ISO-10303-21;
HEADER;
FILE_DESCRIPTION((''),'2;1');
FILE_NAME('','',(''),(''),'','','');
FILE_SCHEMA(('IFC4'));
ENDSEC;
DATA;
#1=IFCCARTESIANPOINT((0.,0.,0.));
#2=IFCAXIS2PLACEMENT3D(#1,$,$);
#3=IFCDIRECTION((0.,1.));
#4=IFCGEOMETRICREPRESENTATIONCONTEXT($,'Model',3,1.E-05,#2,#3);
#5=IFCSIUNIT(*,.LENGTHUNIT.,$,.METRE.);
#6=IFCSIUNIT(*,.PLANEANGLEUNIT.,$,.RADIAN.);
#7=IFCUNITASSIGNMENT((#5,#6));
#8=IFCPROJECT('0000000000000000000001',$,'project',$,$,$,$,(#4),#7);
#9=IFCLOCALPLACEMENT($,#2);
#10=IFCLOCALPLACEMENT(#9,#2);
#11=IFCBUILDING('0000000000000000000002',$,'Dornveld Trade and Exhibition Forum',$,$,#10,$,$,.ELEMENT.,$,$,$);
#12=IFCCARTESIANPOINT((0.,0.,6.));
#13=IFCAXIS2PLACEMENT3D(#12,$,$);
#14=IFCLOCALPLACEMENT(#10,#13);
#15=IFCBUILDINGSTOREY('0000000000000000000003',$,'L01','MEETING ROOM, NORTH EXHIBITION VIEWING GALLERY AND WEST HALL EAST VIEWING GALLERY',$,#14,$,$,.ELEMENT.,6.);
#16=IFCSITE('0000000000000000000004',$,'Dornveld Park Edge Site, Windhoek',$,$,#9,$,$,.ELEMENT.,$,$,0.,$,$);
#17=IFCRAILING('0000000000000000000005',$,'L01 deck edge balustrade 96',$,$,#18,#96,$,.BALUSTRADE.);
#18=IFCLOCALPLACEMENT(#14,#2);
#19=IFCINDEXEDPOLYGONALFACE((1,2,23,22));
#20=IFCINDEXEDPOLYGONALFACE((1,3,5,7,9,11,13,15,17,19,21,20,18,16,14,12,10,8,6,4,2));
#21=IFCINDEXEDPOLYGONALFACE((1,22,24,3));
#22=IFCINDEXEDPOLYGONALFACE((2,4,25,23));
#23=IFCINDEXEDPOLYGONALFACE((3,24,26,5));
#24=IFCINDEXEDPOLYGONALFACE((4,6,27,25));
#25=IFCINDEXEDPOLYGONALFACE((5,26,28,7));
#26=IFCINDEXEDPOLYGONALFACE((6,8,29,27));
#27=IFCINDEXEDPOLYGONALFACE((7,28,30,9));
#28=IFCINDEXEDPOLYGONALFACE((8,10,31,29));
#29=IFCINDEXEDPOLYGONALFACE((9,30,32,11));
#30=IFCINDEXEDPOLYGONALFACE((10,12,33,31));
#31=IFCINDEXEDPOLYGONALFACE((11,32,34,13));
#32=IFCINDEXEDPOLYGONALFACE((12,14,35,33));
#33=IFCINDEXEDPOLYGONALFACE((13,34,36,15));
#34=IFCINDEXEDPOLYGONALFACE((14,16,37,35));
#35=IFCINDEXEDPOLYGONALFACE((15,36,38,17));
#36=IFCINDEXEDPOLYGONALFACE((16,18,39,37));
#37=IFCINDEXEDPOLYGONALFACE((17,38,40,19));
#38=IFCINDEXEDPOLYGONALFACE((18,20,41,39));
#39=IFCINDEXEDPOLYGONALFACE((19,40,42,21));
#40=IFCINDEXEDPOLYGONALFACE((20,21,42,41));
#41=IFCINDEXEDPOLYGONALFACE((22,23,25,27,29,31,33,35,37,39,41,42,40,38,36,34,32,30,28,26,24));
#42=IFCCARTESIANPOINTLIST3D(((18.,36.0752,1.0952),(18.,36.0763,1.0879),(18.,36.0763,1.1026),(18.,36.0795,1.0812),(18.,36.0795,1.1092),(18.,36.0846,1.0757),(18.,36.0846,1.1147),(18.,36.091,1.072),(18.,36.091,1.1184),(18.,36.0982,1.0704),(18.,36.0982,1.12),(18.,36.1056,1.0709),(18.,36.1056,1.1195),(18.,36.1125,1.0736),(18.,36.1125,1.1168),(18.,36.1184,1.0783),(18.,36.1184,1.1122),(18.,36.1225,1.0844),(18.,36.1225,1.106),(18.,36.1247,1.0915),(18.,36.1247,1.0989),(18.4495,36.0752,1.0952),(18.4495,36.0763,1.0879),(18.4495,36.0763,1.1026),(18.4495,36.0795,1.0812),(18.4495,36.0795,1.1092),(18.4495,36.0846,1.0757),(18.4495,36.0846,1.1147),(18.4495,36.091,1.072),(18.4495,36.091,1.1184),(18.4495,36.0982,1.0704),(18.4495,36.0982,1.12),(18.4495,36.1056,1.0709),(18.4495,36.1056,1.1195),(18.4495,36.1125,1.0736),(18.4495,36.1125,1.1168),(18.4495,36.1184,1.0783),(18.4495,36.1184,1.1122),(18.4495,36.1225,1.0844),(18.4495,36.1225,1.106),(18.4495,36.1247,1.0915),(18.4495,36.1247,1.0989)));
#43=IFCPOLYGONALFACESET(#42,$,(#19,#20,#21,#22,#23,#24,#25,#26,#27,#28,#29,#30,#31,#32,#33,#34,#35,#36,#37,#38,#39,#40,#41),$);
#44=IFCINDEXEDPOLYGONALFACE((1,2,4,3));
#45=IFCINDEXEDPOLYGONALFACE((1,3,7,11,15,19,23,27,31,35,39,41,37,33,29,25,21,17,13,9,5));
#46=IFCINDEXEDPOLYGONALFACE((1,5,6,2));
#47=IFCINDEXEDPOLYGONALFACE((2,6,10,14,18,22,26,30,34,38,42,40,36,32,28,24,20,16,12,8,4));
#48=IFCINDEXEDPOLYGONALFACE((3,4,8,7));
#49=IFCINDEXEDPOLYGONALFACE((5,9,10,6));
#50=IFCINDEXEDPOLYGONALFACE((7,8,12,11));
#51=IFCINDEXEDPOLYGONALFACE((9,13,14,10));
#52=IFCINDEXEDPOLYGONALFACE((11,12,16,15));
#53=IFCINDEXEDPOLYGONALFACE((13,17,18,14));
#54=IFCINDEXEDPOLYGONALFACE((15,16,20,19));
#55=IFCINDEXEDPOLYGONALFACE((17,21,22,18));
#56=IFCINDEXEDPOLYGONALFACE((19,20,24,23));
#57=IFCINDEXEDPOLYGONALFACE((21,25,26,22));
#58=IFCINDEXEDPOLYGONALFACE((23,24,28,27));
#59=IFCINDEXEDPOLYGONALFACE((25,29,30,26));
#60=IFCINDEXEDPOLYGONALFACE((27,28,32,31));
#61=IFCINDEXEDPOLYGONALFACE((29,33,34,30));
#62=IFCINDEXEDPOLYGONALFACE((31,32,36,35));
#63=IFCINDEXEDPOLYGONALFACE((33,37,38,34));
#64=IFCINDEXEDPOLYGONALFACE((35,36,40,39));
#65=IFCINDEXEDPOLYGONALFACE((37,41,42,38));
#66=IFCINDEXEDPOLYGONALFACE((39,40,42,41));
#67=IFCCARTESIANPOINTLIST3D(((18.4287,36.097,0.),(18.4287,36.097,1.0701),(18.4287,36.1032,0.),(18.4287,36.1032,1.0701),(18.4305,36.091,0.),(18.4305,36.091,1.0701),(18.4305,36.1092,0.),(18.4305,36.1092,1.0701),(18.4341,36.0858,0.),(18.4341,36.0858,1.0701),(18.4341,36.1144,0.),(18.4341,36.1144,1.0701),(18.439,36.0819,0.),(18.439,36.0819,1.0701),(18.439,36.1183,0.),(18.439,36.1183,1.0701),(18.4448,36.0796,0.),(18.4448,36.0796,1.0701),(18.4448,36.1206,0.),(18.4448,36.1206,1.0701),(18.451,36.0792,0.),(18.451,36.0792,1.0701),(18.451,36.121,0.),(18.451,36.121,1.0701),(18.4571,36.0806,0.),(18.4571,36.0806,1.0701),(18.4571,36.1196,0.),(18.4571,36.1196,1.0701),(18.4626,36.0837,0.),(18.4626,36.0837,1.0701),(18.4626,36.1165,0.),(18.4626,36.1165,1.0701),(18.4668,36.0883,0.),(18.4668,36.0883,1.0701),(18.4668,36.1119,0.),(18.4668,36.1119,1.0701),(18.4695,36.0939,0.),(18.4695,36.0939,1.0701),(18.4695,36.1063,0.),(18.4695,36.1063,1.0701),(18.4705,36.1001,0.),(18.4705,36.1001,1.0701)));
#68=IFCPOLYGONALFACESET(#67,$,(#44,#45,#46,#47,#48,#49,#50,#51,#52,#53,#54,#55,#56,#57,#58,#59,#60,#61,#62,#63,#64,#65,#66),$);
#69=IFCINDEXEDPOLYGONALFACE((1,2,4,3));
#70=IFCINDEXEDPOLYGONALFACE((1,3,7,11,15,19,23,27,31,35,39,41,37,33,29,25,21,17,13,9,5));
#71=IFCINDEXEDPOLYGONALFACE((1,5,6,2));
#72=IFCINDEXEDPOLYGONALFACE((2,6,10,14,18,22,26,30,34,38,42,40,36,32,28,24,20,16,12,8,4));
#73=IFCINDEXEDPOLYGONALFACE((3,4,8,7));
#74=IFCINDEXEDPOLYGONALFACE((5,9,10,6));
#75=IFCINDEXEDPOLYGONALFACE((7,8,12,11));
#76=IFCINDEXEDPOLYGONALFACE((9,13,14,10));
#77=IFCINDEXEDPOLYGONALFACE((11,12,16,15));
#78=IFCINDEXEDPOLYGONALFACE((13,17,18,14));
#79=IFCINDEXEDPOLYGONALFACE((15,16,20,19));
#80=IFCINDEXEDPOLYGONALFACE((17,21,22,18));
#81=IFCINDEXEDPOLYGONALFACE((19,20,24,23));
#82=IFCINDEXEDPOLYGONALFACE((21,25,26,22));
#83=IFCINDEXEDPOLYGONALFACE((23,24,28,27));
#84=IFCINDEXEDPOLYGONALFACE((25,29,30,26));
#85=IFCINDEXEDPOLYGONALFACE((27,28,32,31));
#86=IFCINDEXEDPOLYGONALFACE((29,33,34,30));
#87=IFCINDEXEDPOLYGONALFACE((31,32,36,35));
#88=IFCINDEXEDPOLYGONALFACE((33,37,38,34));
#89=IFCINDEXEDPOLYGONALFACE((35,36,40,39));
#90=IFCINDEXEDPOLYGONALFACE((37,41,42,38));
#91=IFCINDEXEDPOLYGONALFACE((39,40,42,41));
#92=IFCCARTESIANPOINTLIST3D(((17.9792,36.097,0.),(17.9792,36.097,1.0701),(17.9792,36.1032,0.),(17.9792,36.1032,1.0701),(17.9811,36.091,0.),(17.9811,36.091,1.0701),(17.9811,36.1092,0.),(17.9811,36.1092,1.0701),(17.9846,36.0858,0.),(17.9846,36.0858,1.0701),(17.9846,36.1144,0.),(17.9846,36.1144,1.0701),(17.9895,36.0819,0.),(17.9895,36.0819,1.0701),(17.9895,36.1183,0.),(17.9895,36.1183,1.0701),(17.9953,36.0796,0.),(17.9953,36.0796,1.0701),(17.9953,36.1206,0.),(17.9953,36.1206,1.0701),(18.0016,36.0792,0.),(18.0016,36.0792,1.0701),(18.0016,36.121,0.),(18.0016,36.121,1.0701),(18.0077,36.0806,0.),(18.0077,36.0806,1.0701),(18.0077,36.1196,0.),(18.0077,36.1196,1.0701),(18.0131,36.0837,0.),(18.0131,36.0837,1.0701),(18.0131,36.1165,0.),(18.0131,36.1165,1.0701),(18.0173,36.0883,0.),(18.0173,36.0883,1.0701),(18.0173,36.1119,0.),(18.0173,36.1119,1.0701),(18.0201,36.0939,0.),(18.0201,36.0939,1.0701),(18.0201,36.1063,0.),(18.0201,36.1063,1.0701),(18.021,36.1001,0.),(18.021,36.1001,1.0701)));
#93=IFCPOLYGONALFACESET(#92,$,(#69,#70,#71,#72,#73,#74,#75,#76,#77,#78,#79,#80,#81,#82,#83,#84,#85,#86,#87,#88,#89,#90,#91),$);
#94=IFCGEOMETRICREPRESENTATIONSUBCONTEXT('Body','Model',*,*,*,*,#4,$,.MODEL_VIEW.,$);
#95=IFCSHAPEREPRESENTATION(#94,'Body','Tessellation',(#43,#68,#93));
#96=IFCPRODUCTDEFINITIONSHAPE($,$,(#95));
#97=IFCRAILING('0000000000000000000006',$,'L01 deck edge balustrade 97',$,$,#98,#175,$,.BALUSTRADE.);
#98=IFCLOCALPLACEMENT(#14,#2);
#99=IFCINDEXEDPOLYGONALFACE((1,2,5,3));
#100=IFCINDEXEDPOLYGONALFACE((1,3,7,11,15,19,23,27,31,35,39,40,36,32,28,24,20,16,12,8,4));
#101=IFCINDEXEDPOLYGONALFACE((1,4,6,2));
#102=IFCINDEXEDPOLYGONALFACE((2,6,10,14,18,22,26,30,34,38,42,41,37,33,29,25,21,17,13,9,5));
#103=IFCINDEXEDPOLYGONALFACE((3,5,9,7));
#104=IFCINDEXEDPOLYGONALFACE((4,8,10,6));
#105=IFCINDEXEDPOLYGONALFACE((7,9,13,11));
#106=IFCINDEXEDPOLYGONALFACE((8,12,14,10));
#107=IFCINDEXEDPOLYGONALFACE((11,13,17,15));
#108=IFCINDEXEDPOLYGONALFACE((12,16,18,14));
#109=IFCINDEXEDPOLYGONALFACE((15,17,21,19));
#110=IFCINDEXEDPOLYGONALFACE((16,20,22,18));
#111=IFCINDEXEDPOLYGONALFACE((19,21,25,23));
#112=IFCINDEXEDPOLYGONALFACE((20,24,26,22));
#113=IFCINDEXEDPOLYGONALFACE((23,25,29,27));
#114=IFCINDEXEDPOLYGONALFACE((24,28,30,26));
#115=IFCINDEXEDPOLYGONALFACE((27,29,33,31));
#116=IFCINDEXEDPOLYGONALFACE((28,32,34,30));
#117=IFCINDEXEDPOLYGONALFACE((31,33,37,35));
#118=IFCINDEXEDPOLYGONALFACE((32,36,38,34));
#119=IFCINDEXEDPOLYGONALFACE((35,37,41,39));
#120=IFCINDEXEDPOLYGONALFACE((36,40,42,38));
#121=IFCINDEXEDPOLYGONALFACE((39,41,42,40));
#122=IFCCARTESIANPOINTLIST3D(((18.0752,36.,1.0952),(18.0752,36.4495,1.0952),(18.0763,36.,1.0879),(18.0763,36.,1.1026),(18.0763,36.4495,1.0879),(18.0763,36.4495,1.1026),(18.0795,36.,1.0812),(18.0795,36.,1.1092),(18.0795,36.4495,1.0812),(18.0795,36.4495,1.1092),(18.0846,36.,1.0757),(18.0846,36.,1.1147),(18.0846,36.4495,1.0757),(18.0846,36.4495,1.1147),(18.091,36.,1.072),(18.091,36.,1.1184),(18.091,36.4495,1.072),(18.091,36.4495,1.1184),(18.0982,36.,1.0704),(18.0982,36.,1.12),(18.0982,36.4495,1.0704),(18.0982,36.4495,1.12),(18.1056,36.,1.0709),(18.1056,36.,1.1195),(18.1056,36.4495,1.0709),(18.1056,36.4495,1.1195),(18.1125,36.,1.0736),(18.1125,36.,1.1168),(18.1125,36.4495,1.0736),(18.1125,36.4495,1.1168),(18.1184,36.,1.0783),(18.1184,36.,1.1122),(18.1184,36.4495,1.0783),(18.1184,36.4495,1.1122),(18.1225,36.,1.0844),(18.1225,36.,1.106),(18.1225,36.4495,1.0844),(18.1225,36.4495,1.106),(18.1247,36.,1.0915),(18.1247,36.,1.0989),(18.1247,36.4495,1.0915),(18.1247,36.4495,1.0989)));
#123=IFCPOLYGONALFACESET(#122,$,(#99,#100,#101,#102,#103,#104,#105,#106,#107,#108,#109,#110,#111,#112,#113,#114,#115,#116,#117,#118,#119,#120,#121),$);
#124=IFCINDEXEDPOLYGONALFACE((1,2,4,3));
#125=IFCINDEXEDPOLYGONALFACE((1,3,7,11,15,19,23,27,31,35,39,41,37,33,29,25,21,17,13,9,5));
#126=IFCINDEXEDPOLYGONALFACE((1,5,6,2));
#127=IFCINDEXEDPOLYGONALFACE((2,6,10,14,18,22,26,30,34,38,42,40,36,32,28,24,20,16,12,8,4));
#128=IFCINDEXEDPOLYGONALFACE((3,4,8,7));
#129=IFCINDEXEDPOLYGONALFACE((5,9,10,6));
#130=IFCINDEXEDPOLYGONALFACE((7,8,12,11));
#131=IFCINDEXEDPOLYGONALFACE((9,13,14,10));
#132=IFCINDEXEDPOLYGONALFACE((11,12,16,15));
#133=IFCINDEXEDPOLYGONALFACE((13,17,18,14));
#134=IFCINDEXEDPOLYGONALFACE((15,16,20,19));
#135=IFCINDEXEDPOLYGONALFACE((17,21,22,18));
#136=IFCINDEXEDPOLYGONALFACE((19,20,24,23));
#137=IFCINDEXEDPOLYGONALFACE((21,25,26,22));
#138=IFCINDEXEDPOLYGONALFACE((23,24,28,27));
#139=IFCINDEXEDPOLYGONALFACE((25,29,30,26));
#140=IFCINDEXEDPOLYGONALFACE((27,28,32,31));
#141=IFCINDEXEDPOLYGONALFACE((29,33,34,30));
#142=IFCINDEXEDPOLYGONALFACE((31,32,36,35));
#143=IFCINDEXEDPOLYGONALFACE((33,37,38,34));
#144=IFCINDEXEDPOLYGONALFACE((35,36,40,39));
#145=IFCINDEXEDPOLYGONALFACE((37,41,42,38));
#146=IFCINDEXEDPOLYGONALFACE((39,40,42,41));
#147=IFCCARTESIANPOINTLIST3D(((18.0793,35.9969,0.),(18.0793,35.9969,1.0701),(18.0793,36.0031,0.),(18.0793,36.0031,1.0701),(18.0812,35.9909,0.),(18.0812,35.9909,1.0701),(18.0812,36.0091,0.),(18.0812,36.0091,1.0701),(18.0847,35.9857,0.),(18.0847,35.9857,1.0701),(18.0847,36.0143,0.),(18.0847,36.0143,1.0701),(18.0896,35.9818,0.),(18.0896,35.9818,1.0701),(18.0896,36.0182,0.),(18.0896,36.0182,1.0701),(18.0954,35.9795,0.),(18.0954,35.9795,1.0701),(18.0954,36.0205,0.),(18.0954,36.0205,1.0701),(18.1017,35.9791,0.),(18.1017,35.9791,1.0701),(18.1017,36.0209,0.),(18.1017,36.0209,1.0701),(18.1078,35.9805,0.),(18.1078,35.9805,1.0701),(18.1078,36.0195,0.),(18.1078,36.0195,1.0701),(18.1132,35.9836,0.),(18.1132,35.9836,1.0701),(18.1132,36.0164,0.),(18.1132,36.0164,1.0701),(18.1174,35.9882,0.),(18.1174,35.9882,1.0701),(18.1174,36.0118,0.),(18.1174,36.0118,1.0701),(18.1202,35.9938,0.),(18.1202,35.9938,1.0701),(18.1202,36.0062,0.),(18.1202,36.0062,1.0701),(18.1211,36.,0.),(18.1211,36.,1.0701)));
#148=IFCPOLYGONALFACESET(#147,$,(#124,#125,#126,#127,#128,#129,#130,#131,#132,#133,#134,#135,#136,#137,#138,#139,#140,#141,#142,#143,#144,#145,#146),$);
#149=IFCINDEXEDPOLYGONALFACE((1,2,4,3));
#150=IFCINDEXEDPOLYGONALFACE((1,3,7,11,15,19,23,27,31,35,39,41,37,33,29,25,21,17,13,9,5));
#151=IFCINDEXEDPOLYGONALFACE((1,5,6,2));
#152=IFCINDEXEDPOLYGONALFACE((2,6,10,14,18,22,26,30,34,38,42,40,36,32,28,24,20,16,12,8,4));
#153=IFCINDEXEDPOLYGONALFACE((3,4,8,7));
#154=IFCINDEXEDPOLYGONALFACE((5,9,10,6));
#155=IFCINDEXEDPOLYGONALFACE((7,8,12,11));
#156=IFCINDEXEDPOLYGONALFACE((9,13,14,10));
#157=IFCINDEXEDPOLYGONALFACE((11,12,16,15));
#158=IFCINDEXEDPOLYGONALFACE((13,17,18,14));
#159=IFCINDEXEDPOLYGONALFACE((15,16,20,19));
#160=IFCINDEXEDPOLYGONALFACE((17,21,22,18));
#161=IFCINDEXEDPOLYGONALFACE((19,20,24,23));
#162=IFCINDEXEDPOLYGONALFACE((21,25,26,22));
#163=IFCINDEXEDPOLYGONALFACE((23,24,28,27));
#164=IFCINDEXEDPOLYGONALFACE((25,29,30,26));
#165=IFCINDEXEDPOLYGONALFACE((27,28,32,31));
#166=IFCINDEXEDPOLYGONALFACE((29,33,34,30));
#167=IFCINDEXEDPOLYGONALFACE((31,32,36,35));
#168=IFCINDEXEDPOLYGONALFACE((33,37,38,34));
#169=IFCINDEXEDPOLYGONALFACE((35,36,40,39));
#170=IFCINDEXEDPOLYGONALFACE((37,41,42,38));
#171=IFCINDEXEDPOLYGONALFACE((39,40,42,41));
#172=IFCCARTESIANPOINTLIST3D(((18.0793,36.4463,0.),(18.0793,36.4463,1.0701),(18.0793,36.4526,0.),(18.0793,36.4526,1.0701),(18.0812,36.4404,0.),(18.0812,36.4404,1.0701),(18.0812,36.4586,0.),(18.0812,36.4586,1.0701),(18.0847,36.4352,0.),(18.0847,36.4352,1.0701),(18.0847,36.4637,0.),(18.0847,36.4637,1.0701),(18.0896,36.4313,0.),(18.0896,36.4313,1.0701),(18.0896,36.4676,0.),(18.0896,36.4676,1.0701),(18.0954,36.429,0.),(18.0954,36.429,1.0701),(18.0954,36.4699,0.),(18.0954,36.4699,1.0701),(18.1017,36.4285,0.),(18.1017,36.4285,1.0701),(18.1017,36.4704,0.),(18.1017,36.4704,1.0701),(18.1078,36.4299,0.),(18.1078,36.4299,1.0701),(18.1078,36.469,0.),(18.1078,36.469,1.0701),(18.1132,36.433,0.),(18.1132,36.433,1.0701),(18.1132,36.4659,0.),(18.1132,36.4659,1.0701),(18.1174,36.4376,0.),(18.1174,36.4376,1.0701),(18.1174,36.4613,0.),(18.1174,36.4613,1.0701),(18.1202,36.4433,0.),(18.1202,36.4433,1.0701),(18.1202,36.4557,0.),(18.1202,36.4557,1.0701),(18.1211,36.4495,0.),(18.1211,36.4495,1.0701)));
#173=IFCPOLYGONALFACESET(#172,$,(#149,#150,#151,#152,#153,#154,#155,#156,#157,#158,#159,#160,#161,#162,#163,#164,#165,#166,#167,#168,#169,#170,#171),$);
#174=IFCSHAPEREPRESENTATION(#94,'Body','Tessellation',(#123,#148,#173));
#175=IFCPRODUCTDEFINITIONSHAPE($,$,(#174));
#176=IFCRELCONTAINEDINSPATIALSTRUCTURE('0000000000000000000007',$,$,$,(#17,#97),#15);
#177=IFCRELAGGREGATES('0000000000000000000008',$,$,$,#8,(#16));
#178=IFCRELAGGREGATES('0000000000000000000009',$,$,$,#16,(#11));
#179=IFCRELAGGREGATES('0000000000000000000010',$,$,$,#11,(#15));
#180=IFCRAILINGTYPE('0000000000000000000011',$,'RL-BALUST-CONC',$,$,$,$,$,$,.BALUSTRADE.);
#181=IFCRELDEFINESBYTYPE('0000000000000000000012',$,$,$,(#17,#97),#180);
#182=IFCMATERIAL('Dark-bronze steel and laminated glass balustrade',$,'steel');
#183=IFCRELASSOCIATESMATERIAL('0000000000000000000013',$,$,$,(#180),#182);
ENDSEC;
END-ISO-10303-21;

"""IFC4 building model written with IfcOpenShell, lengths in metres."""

from ifc_helpers import new_model, si_unit, direction, frame, origin, origin_2d, place, context, subcontext, project, spatial, circle, extrude, material, type_object, element, save


model = new_model("IFC4")

# Units and contexts
model_context = context("Model", 3, precision=1e-05, world=origin(), true_north=direction((0.0, 1.0)))
body_context = subcontext(model_context, "Body", "Model", "MODEL_VIEW")
ifc_project = project(units=[si_unit("LENGTHUNIT", "METRE"), si_unit("PLANEANGLEUNIT", "RADIAN")], contexts=[model_context])

# Site, building, storey
site_placement = place(None, origin())
site = spatial("IfcSite", under=ifc_project, at=site_placement, Name="Dornveld Park Edge Site, Windhoek", CompositionType="ELEMENT", RefElevation=0.0)
building_placement = place(site_placement, origin())
building = spatial("IfcBuilding", under=site, at=building_placement, Name="Dornveld Trade and Exhibition Forum", CompositionType="ELEMENT")
storey_placement = place(building_placement, frame((0.0, 0.0, 6.0)))
storey = spatial("IfcBuildingStorey", under=building, at=storey_placement, Name="L01", Description="MEETING ROOM, NORTH EXHIBITION VIEWING GALLERY AND WEST HALL EAST VIEWING GALLERY", CompositionType="ELEMENT", Elevation=6.0)

# Railings
ifc_material_1 = material(Name="Dark-bronze steel and laminated glass balustrade", Category="steel")
railing_type = type_object("IfcRailingType", Name="RL-BALUST-CONC", PredefinedType="BALUSTRADE", material=ifc_material_1)
railing_1_placement = place(storey_placement, frame((18.4495, 36.1001, 0.0)))
element("IfcRailing", 1, at=railing_1_placement, inside=storey, type_object=railing_type, Name="L01 deck edge balustrade 96", PredefinedType="BALUSTRADE", context=body_context, shape_type="SweptSolid", body=[
    extrude(circle(Radius=0.0249, at=origin_2d()), frame((0.0, 0.0, 1.0952), z_axis=(-1.0, 0.0, 0.0), x_axis=(0.0, -1.0, 0.0)), (0.0, 0.0, 1.0), 0.4495),
    extrude(circle(Radius=0.021, at=origin_2d()), origin(), (0.0, 0.0, 1.0), 1.0701),
    extrude(circle(Radius=0.021, at=origin_2d()), frame((-0.4495, 0.0, 0.0)), (0.0, 0.0, 1.0), 1.0701),
])
railing_2_placement = place(storey_placement, frame((18.1001, 36.0, 0.0)))
element("IfcRailing", 2, at=railing_2_placement, inside=storey, type_object=railing_type, Name="L01 deck edge balustrade 97", PredefinedType="BALUSTRADE", context=body_context, shape_type="SweptSolid", body=[
    extrude(circle(Radius=0.0249, at=origin_2d()), frame((0.0, 0.0, 1.0952), z_axis=(0.0, 1.0, 0.0), x_axis=(-1.0, 0.0, 0.0)), (0.0, 0.0, 1.0), 0.4495),
    extrude(circle(Radius=0.021, at=origin_2d()), origin(), (0.0, 0.0, 1.0), 1.0701),
    extrude(circle(Radius=0.021, at=origin_2d()), frame((0.0, 0.4495, 0.0)), (0.0, 0.0, 1.0), 1.0701),
])

save(model, "model.ifc")
